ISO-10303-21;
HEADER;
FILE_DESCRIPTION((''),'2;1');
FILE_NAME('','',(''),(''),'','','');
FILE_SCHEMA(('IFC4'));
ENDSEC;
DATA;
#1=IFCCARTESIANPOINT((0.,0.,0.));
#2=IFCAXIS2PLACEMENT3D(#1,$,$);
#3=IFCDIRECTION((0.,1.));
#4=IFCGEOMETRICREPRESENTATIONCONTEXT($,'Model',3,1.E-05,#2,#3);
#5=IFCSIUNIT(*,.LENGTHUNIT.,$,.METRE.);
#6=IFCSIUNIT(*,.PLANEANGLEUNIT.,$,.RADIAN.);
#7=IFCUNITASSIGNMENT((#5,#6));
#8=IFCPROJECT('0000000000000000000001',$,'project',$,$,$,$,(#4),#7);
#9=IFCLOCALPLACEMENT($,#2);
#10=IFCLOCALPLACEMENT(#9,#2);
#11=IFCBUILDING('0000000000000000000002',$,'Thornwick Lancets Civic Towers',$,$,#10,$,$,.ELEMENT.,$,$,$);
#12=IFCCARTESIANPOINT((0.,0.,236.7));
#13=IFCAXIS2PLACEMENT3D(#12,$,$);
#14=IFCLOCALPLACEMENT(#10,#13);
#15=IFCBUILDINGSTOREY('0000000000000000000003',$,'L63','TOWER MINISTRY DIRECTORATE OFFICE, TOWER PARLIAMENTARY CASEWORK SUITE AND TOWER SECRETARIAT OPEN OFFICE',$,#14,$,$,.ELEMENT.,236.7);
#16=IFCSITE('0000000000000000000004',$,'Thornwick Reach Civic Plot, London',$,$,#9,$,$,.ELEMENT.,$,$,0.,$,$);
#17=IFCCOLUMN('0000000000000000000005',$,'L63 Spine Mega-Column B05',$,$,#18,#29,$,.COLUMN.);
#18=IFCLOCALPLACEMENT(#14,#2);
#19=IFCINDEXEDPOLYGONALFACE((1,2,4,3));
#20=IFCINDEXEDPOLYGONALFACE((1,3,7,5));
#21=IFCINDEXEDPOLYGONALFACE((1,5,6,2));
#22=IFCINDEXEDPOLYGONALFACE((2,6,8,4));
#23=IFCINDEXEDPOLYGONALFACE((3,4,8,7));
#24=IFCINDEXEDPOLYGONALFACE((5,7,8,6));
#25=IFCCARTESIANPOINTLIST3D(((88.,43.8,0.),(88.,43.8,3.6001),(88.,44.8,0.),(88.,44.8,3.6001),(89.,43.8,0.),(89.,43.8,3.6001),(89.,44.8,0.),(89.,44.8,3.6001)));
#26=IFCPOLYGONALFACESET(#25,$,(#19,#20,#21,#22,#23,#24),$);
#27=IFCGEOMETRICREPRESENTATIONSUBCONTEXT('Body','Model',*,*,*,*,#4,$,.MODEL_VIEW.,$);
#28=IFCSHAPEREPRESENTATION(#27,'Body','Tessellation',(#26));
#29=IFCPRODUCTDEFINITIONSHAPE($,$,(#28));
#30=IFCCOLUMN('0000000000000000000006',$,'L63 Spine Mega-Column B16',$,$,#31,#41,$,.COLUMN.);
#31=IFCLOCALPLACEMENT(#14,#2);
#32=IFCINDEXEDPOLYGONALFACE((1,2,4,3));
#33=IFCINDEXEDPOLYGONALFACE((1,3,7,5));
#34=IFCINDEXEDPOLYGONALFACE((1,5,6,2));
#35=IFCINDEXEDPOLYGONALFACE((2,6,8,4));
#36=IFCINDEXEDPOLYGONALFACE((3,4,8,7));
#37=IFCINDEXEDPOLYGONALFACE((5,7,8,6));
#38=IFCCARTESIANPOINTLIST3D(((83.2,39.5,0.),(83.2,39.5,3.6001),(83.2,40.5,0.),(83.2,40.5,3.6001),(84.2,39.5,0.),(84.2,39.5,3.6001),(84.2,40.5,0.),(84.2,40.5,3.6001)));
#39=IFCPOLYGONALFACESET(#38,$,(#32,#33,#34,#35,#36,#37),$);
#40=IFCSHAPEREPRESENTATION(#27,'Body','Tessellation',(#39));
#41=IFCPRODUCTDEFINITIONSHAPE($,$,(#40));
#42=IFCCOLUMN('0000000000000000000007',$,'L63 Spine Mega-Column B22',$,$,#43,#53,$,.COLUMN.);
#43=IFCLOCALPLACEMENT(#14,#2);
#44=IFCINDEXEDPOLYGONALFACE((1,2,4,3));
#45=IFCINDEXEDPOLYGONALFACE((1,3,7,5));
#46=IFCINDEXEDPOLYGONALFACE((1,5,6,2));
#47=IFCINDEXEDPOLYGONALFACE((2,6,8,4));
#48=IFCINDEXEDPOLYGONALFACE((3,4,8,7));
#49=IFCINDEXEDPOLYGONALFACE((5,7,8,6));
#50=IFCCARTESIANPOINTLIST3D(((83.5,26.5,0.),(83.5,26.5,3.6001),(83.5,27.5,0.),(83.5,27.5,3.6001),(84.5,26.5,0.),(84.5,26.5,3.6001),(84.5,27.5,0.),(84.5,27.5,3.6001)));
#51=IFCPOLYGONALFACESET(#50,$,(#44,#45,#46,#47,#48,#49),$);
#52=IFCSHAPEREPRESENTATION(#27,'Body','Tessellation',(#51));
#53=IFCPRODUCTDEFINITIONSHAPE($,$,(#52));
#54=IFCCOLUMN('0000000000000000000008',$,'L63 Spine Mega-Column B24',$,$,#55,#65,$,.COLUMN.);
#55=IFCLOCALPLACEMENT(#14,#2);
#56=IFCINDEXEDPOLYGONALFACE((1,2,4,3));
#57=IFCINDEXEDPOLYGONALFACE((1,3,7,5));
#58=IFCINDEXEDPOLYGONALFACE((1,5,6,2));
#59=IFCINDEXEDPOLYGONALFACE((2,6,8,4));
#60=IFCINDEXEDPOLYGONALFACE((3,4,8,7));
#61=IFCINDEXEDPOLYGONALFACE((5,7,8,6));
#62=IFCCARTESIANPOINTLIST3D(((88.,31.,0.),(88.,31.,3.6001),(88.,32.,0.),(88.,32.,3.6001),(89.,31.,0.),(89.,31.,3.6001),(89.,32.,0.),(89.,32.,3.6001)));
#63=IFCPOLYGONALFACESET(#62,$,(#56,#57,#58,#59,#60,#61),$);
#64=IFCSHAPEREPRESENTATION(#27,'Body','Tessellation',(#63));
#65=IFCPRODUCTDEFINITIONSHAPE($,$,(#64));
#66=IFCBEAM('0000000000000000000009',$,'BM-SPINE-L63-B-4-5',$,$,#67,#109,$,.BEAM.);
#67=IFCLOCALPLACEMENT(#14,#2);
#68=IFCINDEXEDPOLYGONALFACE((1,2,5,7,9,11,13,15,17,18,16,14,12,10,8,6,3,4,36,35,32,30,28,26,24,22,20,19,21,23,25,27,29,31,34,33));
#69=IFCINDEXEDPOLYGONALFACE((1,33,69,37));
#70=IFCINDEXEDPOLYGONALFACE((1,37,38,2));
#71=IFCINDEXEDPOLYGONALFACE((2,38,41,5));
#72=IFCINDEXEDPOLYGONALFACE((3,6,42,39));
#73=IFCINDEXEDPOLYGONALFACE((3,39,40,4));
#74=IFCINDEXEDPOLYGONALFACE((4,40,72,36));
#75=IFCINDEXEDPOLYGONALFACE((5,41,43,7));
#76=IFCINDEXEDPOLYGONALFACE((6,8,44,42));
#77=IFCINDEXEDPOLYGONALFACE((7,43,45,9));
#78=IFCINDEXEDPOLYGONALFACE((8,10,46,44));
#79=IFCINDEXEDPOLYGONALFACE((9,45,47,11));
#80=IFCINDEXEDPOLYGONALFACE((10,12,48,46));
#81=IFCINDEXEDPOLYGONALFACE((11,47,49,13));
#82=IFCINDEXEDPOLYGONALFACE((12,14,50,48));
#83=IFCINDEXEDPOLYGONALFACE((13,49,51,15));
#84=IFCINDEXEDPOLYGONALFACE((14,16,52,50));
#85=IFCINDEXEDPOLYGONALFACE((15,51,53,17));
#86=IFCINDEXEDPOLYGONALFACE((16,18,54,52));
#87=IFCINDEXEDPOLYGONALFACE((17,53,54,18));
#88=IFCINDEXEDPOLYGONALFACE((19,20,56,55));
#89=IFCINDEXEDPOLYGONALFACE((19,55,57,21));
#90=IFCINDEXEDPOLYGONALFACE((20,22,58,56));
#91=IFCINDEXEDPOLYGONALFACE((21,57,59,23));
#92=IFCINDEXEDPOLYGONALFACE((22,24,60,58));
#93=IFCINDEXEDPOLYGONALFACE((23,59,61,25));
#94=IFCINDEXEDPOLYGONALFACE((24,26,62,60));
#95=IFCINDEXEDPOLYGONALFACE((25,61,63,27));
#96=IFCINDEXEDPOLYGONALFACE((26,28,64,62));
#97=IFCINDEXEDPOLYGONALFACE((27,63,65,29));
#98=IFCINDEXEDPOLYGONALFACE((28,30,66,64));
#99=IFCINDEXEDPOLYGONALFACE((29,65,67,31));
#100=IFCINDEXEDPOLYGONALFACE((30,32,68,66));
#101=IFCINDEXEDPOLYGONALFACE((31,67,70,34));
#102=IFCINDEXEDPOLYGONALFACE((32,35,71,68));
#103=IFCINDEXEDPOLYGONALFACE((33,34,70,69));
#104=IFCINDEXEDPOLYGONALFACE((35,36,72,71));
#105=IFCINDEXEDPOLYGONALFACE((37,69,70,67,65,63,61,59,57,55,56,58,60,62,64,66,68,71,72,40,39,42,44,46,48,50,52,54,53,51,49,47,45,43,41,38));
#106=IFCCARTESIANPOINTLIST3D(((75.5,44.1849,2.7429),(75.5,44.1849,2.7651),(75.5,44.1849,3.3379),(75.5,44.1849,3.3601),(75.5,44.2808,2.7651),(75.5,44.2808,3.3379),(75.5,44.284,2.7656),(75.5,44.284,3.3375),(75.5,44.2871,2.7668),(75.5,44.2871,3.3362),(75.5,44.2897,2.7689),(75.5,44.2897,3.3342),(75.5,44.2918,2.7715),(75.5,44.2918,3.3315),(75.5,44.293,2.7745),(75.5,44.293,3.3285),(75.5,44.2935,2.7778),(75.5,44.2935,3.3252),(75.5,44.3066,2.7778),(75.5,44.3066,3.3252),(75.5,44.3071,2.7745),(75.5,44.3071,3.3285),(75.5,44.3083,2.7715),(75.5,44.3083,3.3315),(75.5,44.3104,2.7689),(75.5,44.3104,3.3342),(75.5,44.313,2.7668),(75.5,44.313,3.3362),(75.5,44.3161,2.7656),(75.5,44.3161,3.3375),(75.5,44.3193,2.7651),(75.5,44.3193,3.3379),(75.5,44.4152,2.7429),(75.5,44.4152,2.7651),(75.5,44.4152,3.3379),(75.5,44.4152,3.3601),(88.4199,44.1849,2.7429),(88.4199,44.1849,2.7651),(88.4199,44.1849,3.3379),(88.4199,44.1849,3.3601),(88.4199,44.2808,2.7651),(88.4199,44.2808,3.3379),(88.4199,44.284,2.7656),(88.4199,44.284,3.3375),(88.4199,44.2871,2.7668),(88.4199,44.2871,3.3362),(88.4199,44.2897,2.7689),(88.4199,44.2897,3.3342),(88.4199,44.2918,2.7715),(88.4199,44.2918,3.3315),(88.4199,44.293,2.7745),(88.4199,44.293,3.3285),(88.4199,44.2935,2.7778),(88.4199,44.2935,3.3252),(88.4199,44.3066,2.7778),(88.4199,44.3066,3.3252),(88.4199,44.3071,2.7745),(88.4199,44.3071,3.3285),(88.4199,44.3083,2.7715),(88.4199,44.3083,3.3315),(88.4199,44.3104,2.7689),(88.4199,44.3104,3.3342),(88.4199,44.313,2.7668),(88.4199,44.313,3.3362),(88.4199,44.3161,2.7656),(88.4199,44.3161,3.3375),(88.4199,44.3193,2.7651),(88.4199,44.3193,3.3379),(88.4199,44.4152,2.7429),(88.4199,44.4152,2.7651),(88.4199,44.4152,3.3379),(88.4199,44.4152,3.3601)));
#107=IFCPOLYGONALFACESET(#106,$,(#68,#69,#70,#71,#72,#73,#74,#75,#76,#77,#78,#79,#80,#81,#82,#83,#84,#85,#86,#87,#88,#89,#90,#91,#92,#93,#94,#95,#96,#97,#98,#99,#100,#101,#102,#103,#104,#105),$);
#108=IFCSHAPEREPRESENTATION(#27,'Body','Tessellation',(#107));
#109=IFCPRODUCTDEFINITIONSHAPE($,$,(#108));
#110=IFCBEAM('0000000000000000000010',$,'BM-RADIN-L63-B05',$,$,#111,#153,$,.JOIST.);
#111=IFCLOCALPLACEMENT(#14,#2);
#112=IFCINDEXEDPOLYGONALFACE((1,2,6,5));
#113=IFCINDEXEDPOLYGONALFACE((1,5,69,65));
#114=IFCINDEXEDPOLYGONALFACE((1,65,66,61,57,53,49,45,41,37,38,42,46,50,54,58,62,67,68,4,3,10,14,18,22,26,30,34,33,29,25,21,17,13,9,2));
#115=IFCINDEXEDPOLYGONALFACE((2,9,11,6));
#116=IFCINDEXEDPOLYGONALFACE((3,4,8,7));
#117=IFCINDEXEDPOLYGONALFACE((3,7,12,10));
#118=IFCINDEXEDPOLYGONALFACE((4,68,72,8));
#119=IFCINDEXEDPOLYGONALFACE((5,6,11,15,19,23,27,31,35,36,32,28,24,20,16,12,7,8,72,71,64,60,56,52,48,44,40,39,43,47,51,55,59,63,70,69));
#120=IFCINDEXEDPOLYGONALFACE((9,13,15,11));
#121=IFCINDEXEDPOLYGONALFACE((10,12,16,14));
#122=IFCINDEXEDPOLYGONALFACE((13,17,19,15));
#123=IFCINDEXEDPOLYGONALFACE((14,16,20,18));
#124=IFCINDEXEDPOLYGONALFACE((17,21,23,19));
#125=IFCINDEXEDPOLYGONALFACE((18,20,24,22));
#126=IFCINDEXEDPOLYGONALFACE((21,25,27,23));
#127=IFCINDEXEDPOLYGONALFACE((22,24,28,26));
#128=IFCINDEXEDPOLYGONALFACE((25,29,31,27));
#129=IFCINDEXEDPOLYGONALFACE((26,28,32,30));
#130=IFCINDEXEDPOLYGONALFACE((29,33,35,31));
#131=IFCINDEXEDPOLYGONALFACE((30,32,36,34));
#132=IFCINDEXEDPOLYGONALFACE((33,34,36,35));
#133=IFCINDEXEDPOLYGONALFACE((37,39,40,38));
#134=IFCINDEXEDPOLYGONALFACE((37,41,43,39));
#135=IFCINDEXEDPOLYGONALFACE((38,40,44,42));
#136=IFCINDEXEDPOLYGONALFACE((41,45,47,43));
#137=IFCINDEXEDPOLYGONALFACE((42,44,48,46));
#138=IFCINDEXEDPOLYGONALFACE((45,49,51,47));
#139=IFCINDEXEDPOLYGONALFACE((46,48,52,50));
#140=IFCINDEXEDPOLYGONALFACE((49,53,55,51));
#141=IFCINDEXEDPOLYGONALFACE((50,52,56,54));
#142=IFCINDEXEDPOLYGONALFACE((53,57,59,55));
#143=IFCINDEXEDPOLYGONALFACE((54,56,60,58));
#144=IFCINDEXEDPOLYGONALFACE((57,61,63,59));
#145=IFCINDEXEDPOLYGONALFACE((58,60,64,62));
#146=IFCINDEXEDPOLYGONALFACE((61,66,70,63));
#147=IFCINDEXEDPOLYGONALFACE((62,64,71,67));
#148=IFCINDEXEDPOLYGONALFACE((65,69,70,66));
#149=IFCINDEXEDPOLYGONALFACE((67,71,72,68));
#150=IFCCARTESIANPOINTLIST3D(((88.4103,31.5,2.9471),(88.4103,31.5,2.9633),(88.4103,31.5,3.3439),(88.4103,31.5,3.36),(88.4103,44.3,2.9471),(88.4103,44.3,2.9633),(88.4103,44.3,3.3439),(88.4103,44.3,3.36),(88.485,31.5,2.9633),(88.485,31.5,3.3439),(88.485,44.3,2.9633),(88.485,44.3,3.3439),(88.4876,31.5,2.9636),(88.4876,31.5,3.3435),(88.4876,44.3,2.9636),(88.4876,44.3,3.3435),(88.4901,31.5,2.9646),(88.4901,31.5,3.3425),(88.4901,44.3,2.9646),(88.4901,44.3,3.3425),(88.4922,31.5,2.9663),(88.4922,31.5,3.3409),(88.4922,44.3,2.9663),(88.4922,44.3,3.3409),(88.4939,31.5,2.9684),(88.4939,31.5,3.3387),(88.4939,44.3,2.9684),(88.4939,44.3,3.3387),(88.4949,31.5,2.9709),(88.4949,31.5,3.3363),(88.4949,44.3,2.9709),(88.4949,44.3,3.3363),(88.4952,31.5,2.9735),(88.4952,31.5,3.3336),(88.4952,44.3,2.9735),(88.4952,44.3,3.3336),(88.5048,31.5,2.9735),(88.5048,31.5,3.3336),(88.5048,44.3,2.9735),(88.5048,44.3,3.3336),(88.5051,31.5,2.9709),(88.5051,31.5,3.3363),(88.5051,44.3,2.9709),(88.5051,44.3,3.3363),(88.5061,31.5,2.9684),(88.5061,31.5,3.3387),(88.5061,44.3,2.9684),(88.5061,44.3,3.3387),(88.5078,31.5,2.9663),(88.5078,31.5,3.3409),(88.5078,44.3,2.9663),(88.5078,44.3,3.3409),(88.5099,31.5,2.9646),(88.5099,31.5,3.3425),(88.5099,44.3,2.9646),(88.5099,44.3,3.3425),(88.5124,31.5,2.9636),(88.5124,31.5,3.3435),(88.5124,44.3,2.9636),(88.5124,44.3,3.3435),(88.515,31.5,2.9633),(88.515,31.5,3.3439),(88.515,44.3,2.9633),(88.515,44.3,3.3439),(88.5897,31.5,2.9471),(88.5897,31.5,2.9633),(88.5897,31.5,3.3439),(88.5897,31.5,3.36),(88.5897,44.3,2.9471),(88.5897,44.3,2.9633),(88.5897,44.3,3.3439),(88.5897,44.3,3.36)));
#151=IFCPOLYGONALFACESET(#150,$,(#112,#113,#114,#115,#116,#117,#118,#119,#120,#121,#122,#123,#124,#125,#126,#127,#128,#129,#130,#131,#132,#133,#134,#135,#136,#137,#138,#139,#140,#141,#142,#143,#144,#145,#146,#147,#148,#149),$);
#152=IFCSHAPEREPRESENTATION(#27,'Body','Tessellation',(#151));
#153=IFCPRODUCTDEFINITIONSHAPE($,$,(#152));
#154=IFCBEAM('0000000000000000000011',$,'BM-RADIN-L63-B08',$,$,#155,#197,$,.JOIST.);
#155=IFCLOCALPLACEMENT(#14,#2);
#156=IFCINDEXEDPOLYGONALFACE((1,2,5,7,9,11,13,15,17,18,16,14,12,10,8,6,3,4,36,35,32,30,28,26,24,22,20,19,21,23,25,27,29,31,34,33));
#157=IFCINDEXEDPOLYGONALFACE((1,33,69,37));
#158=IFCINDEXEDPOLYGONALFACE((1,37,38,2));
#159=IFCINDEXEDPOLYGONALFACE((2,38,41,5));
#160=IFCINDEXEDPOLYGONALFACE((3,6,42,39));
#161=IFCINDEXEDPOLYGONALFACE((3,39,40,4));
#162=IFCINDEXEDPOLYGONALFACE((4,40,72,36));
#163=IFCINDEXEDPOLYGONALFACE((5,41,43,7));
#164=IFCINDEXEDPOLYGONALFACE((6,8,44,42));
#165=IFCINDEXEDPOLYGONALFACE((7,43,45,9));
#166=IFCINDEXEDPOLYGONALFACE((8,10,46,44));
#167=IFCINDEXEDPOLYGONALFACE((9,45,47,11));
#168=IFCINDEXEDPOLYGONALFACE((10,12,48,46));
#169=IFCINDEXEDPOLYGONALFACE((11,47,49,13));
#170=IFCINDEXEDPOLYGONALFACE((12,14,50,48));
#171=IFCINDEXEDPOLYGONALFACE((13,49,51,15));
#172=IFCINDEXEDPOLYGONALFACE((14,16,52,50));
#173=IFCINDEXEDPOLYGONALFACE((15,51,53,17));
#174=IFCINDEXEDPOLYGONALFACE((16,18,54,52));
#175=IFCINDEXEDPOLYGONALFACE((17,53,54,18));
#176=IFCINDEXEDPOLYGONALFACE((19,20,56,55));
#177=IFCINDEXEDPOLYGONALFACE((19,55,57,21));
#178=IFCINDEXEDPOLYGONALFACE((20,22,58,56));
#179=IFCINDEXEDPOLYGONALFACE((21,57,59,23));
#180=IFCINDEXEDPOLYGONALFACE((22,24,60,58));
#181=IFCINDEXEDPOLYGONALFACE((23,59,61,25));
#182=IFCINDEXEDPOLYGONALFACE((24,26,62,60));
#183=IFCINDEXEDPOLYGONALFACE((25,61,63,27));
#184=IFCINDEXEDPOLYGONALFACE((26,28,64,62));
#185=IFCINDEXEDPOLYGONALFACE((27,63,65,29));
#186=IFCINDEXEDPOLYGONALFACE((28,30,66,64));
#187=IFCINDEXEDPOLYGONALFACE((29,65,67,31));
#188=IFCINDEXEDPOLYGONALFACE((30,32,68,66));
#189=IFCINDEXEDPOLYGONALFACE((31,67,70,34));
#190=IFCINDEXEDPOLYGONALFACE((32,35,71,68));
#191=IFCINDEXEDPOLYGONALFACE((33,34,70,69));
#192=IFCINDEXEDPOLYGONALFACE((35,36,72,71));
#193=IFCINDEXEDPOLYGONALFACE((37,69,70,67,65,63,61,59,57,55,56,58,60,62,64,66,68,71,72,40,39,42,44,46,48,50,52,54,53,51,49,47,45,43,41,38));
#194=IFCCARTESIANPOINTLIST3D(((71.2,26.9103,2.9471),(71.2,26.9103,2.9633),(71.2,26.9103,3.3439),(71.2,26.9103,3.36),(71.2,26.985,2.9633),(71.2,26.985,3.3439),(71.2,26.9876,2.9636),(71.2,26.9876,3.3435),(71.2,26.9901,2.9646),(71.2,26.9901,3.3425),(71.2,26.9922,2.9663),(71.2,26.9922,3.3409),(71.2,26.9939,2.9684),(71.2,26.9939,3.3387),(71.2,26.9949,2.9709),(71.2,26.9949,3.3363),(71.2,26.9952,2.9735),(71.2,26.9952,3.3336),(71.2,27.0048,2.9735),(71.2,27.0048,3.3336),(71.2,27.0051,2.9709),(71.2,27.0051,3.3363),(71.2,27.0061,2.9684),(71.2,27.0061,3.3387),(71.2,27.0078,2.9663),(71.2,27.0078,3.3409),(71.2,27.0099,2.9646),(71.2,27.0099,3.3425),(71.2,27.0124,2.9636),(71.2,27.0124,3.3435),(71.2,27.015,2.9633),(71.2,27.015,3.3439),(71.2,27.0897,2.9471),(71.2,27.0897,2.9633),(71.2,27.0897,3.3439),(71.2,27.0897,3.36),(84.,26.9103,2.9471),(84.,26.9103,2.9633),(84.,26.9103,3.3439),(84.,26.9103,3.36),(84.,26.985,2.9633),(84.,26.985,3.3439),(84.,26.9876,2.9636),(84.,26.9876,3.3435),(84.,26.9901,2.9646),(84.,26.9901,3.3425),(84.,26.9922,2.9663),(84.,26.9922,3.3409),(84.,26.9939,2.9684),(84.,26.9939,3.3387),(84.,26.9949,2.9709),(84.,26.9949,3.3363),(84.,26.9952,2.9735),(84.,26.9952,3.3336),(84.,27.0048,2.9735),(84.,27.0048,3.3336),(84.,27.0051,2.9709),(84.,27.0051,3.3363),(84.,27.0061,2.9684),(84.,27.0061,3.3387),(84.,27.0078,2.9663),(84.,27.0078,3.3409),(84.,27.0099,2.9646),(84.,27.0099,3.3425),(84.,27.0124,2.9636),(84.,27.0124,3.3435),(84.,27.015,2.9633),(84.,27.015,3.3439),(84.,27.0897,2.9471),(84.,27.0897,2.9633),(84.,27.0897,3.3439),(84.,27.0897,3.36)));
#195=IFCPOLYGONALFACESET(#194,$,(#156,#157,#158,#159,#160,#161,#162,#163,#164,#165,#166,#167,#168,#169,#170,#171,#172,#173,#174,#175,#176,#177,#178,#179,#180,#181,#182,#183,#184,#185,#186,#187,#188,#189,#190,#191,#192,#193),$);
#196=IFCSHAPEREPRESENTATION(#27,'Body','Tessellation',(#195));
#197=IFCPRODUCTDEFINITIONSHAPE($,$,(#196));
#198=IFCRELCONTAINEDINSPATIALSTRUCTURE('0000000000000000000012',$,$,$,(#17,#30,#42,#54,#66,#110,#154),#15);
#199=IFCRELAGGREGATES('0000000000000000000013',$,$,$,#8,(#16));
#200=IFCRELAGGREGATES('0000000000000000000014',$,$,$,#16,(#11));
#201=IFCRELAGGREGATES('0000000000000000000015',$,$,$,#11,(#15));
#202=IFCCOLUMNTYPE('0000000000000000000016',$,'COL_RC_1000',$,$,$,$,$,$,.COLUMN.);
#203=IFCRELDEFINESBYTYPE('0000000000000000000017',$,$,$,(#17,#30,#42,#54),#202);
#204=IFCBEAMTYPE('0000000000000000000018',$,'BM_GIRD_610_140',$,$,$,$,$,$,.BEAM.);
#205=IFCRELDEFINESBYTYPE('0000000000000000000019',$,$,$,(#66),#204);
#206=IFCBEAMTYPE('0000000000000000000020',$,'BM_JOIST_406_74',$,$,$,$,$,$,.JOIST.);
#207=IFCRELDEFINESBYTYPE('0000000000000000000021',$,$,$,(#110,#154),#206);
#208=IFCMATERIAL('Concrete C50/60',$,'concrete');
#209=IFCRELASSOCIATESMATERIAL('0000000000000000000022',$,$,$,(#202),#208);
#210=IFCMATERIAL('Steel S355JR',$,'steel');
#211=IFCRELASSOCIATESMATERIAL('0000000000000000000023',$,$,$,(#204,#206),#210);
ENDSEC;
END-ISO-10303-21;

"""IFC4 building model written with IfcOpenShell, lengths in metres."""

from ifc_helpers import new_model, si_unit, direction, frame, origin, origin_2d, place, context, subcontext, project, spatial, rectangle, i_section, extrude, material, material_profile, profile_set, type_object, element, save


model = new_model("IFC4")

# Units and contexts
model_context = context("Model", 3, precision=1e-05, world=origin(), true_north=direction((0.0, 1.0)))
body_context = subcontext(model_context, "Body", "Model", "MODEL_VIEW")
ifc_project = project(units=[si_unit("LENGTHUNIT", "METRE"), si_unit("PLANEANGLEUNIT", "RADIAN")], contexts=[model_context])

# Site, building, storey
site_placement = place(None, origin())
site = spatial("IfcSite", under=ifc_project, at=site_placement, Name="Thornwick Reach Civic Plot, London", CompositionType="ELEMENT", RefElevation=0.0)
building_placement = place(site_placement, origin())
building = spatial("IfcBuilding", under=site, at=building_placement, Name="Thornwick Lancets Civic Towers", CompositionType="ELEMENT")
storey_placement = place(building_placement, frame((0.0, 0.0, 236.7)))
storey = spatial("IfcBuildingStorey", under=building, at=storey_placement, Name="L63", Description="TOWER MINISTRY DIRECTORATE OFFICE, TOWER PARLIAMENTARY CASEWORK SUITE AND TOWER SECRETARIAT OPEN OFFICE", CompositionType="ELEMENT", Elevation=236.7)

# Columns
ifc_material_1 = material(Name="Concrete C50/60", Category="concrete")
ifc_material_profile_1 = material_profile(ifc_material_1, rectangle(XDim=1.0, YDim=1.0, at=origin_2d()), Name="RC 1000x1000")
ifc_profile_set_1 = profile_set([ifc_material_profile_1], Name="Concrete C50/60")
column_type = type_object("IfcColumnType", Name="COL_RC_1000", PredefinedType="COLUMN", material=ifc_profile_set_1)
for number, where, z_axis, x_axis, name in (
    (1, (88.5, 44.3, 0.0), (0.0, 0.0, 1.0), (1.0, 0.0, 0.0), "L63 Spine Mega-Column B05"),
    (2, (83.7, 40.0, 0.0), (0.0, 0.0, 1.0), (1.0, 0.0, 0.0), "L63 Spine Mega-Column B16"),
    (3, (84.0, 27.0, 0.0), (0.0, 0.0, 1.0), (1.0, 0.0, 0.0), "L63 Spine Mega-Column B22"),
    (4, (88.5, 31.5, 0.0), (0.0, 0.0, 1.0), (1.0, 0.0, 0.0), "L63 Spine Mega-Column B24"),
):
    element("IfcColumn", number, at=place(storey_placement, frame(where, z_axis=z_axis, x_axis=x_axis)), inside=storey, type_object=column_type, Name=name, PredefinedType="COLUMN", context=body_context, shape_type="SweptSolid", body=[
        extrude(rectangle(XDim=1.0, YDim=1.0, at=origin_2d()), origin(), (0.0, 0.0, 1.0), 3.6001),
    ])

# Beams
ifc_material_2 = material(Name="Steel S355JR", Category="steel")
ifc_material_profile_2 = material_profile(ifc_material_2, i_section(OverallWidth=0.2302, OverallDepth=0.6172, WebThickness=0.0132, FlangeThickness=0.0222, FilletRadius=0.0127, at=origin_2d()), Name="UKB 610x229x140")
ifc_profile_set_2 = profile_set([ifc_material_profile_2], Name="Steel S355JR")
beam_type_1 = type_object("IfcBeamType", Name="BM_GIRD_610_140", PredefinedType="BEAM", material=ifc_profile_set_2)
beam_1_placement = place(storey_placement, frame((88.4199, 44.3, 3.0515), z_axis=(-1.0, 0.0, 0.0), x_axis=(0.0, -1.0, 0.0)))
element("IfcBeam", 5, at=beam_1_placement, inside=storey, type_object=beam_type_1, Name="BM-SPINE-L63-B-4-5", PredefinedType="BEAM", context=body_context, shape_type="SweptSolid", body=[
    extrude(i_section(OverallWidth=0.2302, OverallDepth=0.6172, WebThickness=0.0132, FlangeThickness=0.0222, FilletRadius=0.0127, at=origin_2d()), origin(), (0.0, 0.0, 1.0), 12.9199),
])
ifc_material_profile_3 = material_profile(ifc_material_2, i_section(OverallWidth=0.1794, OverallDepth=0.4128, WebThickness=0.0095, FlangeThickness=0.0161, FilletRadius=0.0103, at=origin_2d()), Name="UKB 406x178x74")
ifc_profile_set_3 = profile_set([ifc_material_profile_3], Name="Steel S355JR")
beam_type_2 = type_object("IfcBeamType", Name="BM_JOIST_406_74", PredefinedType="JOIST", material=ifc_profile_set_3)
for number, where, z_axis, x_axis, name in (
    (6, (88.5, 31.5, 3.1536), (0.0, 1.0, 0.0), (-1.0, 0.0, 0.0), "BM-RADIN-L63-B05"),
    (7, (84.0, 27.0, 3.1536), (-1.0, 0.0, 0.0), (0.0, -1.0, 0.0), "BM-RADIN-L63-B08"),
):
    element("IfcBeam", number, at=place(storey_placement, frame(where, z_axis=z_axis, x_axis=x_axis)), inside=storey, type_object=beam_type_2, Name=name, PredefinedType="JOIST", context=body_context, shape_type="SweptSolid", body=[
        extrude(i_section(OverallWidth=0.1794, OverallDepth=0.4128, WebThickness=0.0095, FlangeThickness=0.0161, FilletRadius=0.0103, at=origin_2d()), origin(), (0.0, 0.0, 1.0), 12.8),
    ])

save(model, "model.ifc")
